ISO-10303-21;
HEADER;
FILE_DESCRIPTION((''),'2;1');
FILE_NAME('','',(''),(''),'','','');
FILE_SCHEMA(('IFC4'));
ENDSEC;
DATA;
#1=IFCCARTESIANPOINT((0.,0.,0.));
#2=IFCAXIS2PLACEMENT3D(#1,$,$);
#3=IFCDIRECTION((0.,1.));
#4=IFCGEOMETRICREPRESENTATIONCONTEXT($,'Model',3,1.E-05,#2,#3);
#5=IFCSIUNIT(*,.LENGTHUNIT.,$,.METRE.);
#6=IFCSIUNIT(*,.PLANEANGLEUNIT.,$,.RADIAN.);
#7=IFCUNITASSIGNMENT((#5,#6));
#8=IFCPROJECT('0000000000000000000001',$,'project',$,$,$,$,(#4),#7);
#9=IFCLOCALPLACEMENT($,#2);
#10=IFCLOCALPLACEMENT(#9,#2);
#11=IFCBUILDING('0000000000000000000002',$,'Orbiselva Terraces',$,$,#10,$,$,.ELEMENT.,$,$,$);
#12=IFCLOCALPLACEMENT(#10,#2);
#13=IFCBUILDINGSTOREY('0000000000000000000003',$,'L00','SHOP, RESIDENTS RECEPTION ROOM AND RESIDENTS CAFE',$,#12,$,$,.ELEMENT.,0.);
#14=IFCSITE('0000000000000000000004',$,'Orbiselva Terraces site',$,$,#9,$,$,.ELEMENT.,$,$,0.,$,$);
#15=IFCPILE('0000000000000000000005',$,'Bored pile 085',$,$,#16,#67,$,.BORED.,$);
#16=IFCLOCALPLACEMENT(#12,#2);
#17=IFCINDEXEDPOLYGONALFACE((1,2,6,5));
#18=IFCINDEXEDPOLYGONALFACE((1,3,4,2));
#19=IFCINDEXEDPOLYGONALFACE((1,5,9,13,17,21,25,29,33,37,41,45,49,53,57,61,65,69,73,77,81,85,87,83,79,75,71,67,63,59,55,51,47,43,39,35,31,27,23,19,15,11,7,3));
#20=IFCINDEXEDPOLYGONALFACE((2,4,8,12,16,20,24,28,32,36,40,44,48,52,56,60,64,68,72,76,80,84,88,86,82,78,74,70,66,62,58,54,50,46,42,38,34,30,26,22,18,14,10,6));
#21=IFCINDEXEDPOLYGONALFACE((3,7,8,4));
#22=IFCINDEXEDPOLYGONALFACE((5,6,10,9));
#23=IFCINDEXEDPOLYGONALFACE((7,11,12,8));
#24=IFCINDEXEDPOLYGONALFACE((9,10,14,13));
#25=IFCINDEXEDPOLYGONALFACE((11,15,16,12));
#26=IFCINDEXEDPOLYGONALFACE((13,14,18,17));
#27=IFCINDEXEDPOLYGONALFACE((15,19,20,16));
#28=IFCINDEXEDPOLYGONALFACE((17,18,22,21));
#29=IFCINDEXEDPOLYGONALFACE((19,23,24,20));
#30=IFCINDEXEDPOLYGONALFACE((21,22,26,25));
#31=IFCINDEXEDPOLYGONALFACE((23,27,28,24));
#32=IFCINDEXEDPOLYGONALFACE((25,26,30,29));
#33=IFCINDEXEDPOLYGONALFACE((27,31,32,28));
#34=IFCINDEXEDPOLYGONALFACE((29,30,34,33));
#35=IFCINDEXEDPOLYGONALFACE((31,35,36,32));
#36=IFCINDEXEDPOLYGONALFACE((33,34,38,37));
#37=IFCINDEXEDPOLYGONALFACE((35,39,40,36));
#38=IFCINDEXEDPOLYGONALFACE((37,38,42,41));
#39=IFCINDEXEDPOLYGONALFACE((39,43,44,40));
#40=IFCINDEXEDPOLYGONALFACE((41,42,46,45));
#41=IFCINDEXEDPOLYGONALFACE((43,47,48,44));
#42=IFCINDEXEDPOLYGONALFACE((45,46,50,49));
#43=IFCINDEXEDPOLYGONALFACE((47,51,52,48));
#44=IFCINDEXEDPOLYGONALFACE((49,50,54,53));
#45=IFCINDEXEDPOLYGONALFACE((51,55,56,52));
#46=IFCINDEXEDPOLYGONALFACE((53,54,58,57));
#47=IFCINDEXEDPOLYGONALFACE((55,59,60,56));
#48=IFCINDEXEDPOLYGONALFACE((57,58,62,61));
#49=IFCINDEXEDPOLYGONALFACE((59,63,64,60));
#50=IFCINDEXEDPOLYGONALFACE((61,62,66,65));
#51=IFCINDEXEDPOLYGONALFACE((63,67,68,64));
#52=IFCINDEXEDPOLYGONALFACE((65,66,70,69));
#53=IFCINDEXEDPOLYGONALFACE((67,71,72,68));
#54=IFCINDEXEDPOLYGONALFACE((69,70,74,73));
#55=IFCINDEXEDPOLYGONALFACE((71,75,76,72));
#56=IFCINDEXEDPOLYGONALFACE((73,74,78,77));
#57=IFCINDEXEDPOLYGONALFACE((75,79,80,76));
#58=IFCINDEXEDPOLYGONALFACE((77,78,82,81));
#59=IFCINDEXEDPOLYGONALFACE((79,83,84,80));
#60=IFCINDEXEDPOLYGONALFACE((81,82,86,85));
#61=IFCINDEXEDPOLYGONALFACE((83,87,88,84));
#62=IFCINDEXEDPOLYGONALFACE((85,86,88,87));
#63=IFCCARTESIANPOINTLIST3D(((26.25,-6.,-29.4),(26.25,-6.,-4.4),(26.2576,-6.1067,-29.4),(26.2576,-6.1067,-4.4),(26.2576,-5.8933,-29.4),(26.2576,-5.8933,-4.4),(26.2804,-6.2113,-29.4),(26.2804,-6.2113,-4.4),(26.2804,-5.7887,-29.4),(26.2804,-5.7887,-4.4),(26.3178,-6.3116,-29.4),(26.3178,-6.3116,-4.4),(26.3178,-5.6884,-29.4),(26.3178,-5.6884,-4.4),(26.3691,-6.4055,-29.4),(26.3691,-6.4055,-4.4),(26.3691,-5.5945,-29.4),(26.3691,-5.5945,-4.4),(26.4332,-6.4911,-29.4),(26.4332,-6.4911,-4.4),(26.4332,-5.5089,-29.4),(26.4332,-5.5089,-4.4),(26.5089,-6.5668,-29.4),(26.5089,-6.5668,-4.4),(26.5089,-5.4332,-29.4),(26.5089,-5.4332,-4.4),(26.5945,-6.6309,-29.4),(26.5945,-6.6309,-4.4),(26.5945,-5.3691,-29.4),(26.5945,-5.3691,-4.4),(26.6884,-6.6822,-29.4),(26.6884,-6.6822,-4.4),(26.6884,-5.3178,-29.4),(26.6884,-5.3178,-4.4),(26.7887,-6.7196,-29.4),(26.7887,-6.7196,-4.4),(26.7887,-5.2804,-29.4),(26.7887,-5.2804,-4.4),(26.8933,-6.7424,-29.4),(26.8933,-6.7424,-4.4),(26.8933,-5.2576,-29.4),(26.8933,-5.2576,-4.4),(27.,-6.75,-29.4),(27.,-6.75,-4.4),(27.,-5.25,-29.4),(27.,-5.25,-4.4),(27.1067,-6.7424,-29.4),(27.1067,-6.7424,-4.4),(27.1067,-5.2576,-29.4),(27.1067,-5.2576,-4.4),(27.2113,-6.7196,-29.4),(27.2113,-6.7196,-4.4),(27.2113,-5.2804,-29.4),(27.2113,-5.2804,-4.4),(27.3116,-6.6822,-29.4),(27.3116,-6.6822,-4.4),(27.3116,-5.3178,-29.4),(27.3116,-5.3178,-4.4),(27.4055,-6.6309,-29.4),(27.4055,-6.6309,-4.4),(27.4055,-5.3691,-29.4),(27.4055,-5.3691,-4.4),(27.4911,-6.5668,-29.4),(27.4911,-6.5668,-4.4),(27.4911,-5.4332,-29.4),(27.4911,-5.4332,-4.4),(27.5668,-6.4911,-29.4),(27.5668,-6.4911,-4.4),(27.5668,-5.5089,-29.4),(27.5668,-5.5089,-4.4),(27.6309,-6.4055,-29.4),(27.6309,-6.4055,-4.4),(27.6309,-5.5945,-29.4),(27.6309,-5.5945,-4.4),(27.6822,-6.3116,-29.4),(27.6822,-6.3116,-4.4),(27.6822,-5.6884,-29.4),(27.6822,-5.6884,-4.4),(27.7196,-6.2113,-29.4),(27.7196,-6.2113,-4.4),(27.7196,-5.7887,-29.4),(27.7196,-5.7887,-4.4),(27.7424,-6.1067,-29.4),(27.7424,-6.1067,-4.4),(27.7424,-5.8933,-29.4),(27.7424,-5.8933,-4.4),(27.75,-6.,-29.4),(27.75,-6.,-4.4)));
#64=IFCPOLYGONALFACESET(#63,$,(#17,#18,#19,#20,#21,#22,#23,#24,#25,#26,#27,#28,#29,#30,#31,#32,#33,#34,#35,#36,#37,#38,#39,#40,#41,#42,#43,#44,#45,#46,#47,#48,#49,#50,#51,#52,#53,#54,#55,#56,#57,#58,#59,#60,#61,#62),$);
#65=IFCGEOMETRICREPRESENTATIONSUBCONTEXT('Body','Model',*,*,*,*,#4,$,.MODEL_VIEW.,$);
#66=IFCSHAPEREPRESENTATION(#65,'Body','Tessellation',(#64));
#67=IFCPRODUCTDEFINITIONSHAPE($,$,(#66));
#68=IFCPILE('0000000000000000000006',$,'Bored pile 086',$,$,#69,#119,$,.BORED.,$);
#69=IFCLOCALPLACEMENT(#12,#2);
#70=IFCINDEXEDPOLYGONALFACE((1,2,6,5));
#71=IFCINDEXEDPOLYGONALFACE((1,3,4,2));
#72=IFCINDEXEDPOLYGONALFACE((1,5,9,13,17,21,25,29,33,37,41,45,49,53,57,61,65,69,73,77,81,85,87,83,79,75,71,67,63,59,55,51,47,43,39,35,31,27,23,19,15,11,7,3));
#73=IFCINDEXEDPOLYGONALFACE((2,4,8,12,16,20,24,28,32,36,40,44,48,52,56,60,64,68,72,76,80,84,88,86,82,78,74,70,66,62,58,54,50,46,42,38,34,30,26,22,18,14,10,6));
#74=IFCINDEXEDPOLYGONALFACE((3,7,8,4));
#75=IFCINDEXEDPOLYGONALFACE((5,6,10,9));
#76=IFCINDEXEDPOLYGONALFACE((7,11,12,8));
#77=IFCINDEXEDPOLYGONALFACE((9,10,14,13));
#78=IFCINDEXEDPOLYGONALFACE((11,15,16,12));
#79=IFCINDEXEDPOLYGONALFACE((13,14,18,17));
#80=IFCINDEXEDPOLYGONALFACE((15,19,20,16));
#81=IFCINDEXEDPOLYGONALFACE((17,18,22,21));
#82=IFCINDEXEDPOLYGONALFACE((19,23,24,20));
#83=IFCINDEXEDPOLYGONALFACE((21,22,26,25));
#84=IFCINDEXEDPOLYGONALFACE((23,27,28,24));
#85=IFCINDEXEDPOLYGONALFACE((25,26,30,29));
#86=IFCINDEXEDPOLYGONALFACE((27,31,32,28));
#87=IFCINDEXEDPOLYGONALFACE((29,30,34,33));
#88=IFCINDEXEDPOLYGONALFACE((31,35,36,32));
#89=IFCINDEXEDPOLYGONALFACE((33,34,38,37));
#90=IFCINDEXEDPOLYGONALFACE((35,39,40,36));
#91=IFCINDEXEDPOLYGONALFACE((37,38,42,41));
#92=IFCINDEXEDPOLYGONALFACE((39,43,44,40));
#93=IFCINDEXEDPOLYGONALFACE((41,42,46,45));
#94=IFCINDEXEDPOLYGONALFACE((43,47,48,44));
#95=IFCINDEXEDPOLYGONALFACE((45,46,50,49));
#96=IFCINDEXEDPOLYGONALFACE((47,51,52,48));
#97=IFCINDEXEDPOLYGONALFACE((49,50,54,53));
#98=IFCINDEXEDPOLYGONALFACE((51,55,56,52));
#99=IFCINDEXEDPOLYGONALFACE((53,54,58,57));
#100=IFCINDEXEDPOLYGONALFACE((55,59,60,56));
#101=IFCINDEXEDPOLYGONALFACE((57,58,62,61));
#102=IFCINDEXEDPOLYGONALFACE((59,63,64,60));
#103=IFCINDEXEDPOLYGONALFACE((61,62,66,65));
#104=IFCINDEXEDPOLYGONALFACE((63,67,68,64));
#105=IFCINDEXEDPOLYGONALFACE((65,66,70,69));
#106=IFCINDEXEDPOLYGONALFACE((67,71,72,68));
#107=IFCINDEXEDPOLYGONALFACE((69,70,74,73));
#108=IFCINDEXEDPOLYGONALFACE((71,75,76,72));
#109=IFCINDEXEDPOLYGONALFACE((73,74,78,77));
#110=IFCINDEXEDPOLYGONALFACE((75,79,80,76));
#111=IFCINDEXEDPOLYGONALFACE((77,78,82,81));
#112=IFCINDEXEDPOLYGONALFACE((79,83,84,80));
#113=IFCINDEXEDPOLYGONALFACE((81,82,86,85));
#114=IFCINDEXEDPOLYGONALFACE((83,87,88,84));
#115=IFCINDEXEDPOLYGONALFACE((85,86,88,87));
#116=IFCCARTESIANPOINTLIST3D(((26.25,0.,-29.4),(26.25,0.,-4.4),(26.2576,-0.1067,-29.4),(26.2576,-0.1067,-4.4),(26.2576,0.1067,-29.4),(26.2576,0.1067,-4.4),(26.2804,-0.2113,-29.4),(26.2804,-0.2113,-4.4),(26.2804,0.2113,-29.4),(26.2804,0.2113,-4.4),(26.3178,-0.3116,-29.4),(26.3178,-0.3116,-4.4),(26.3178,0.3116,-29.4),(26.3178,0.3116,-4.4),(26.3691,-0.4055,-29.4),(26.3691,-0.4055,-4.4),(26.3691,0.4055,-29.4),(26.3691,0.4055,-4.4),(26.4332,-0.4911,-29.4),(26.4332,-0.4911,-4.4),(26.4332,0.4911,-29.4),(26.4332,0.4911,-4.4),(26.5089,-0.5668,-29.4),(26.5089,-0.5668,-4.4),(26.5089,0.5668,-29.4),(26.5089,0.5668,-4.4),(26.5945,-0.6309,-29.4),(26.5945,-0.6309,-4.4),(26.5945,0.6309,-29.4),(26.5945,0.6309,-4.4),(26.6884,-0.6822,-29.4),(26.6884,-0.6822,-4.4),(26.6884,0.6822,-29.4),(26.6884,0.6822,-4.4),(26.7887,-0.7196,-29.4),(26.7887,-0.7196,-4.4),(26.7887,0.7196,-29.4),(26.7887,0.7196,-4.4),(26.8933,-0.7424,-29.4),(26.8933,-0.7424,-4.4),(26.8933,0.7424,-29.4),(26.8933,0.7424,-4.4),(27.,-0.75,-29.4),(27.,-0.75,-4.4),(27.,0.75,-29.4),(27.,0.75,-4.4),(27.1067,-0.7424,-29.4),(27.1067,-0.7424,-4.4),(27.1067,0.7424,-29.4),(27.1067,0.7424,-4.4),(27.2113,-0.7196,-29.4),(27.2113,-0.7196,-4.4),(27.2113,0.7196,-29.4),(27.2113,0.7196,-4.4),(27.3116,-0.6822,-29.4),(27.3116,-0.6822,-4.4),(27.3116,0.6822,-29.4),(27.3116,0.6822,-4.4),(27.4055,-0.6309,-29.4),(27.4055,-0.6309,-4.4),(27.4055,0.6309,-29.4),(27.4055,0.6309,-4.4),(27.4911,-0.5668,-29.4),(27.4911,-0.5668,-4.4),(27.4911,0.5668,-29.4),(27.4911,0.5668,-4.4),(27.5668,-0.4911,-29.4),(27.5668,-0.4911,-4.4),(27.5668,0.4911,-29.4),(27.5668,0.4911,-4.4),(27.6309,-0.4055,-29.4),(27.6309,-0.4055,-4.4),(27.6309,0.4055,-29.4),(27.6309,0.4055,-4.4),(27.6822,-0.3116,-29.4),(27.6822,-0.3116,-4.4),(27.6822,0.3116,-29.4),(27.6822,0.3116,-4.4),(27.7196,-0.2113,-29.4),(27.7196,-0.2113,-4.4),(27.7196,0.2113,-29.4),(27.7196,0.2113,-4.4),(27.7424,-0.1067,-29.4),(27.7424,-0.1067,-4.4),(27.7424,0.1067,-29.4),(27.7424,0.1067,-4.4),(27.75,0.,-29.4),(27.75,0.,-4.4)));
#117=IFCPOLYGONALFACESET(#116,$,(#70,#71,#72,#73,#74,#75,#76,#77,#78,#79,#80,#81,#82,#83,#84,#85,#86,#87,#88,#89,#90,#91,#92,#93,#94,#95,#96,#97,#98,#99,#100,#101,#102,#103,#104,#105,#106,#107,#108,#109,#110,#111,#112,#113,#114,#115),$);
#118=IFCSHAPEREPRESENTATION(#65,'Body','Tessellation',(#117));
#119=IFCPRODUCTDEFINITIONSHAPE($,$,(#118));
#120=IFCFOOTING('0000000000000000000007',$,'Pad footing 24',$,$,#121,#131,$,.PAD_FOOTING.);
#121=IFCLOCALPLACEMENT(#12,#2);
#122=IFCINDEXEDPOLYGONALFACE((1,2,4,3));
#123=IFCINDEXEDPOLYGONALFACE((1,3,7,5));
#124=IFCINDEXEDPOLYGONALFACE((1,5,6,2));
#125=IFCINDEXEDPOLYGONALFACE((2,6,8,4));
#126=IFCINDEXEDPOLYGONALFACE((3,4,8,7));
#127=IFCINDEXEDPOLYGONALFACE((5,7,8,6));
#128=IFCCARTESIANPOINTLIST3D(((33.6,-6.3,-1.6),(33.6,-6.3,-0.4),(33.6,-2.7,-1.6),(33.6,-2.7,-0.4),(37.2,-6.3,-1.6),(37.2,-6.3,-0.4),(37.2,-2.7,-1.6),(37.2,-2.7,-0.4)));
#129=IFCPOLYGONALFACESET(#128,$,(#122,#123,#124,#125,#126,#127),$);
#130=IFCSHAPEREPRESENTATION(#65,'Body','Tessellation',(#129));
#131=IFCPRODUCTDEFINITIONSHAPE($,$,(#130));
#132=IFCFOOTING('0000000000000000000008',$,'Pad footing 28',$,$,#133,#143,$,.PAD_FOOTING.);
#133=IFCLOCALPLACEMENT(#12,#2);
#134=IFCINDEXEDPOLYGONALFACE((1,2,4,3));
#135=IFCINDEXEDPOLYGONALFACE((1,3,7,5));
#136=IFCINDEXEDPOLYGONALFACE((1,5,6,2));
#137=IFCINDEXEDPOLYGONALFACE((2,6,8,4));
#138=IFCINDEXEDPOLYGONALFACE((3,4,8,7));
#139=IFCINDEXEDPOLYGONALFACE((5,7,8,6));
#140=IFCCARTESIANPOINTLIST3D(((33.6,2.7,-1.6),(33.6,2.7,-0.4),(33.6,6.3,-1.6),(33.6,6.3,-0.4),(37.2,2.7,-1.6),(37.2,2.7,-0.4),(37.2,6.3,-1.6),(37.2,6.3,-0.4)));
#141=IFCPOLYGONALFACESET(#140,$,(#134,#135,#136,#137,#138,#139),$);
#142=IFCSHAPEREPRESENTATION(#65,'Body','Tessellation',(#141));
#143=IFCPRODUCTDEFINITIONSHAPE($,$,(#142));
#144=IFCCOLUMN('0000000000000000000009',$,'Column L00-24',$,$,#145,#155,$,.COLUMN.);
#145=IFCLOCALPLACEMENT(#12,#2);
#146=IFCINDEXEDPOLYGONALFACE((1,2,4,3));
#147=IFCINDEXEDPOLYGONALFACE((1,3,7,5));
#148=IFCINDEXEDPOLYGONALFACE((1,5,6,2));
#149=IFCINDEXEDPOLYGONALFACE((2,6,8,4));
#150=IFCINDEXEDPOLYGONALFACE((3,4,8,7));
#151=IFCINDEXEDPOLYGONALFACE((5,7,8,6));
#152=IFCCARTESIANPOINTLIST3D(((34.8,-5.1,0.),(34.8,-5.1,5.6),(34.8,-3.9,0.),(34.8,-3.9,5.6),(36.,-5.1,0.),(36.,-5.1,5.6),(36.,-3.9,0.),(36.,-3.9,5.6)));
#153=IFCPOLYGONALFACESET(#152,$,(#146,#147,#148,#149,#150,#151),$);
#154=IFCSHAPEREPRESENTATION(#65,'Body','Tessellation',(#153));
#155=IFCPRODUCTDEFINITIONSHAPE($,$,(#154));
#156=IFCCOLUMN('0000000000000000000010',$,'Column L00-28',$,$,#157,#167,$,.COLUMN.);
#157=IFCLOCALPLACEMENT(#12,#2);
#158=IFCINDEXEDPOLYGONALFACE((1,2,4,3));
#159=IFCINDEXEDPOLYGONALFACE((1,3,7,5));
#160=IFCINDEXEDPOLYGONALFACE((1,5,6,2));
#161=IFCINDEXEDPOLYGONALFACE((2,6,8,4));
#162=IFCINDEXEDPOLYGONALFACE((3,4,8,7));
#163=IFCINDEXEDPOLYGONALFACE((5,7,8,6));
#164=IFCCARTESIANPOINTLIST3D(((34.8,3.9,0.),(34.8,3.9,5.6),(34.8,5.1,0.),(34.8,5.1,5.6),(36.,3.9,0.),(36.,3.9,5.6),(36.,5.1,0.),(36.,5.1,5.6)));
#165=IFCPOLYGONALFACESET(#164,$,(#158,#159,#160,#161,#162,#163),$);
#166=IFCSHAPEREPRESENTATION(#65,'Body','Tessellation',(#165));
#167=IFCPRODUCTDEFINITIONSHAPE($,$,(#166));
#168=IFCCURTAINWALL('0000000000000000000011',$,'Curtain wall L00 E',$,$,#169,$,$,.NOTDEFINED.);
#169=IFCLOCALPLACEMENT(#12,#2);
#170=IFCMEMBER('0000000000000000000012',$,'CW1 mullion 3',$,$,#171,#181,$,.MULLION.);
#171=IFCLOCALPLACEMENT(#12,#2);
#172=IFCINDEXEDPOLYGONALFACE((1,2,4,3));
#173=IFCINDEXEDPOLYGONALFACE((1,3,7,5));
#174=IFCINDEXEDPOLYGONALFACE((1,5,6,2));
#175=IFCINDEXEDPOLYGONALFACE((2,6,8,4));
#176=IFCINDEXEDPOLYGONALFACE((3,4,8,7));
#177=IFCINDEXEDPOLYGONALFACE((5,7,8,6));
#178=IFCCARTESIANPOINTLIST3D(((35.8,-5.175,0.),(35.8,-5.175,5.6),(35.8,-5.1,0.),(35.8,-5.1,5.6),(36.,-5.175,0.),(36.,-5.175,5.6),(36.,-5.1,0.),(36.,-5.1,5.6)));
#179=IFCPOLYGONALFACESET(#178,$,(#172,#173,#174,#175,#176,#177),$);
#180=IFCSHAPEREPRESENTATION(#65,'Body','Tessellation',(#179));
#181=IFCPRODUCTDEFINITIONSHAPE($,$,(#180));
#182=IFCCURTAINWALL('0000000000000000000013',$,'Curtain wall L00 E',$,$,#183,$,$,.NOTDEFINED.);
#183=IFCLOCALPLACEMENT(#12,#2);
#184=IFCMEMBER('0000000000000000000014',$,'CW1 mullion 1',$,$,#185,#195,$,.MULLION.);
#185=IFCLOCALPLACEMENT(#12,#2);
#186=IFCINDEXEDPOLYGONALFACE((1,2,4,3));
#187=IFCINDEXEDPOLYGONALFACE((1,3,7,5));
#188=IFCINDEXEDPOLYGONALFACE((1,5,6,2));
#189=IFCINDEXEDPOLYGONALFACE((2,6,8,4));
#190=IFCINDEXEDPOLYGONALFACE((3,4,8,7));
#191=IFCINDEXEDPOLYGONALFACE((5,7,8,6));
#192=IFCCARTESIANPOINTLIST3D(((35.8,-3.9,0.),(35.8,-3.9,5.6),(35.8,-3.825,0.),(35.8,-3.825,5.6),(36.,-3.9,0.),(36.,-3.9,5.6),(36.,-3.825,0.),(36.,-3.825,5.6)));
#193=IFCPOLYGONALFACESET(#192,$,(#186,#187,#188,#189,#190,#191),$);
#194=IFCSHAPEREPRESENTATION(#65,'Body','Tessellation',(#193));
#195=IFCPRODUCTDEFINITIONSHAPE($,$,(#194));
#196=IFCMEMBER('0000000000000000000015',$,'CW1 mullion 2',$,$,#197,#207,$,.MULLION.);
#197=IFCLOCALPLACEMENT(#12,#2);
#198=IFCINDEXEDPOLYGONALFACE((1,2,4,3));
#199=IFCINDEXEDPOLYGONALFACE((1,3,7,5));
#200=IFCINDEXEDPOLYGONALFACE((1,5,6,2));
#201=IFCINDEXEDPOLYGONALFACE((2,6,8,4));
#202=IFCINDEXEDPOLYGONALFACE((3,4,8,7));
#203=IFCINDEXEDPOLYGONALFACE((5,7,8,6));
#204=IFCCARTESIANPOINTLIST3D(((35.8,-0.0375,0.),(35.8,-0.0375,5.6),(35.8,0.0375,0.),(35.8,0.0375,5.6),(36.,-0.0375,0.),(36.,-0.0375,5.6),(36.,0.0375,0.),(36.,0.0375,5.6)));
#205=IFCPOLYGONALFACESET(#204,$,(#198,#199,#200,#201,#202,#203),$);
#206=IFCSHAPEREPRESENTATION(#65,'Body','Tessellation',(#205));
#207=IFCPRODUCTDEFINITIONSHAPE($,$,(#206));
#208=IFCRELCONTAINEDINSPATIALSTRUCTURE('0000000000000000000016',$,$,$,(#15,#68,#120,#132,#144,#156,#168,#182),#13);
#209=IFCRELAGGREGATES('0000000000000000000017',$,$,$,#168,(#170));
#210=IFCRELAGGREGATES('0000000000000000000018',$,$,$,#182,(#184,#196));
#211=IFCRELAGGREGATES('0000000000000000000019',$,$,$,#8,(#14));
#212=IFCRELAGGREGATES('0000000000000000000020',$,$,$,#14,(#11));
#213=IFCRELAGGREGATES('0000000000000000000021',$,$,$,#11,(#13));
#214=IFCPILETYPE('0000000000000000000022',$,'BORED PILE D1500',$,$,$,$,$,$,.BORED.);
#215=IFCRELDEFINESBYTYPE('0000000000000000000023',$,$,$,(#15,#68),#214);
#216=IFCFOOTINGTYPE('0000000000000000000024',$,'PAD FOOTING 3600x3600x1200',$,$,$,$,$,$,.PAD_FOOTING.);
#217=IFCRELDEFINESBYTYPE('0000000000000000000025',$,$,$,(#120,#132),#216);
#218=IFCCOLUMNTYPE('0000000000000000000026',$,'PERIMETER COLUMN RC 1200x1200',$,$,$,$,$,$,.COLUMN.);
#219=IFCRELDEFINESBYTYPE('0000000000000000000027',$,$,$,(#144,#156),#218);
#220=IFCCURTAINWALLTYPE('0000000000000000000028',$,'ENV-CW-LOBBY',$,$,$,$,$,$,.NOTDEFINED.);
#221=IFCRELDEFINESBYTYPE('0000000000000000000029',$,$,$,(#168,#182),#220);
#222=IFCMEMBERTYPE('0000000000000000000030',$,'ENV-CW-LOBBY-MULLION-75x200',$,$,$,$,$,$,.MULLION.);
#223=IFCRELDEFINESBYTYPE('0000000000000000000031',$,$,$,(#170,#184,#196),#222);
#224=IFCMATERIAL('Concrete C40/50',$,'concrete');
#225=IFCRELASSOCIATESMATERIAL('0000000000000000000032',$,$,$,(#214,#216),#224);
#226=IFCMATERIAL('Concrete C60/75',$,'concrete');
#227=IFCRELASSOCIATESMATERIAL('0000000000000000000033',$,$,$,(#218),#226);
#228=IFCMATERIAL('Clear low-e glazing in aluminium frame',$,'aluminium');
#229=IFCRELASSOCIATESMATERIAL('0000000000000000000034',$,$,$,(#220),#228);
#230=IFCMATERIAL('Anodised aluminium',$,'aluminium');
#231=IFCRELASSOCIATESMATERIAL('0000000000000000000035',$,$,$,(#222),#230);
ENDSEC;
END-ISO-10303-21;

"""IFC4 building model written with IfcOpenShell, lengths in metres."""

from ifc_helpers import new_model, si_unit, direction, frame, origin, origin_2d, place, context, subcontext, project, spatial, rectangle, circle, extrude, material, material_profile, profile_set, type_object, element, aggregate, save


model = new_model("IFC4")

# Units and contexts
model_context = context("Model", 3, precision=1e-05, world=origin(), true_north=direction((0.0, 1.0)))
body_context = subcontext(model_context, "Body", "Model", "MODEL_VIEW")
ifc_project = project(units=[si_unit("LENGTHUNIT", "METRE"), si_unit("PLANEANGLEUNIT", "RADIAN")], contexts=[model_context])

# Site, building, storey
site_placement = place(None, origin())
site = spatial("IfcSite", under=ifc_project, at=site_placement, Name="Orbiselva Terraces site", CompositionType="ELEMENT", RefElevation=0.0)
building_placement = place(site_placement, origin())
building = spatial("IfcBuilding", under=site, at=building_placement, Name="Orbiselva Terraces", CompositionType="ELEMENT")
storey_placement = place(building_placement, origin())
storey = spatial("IfcBuildingStorey", under=building, at=storey_placement, Name="L00", Description="SHOP, RESIDENTS RECEPTION ROOM AND RESIDENTS CAFE", CompositionType="ELEMENT", Elevation=0.0)

# Piles
ifc_material_1 = material(Name="Concrete C40/50", Category="concrete")
ifc_material_profile_1 = material_profile(ifc_material_1, circle(Radius=0.75, at=origin_2d()), Name="D1500")
ifc_profile_set_1 = profile_set([ifc_material_profile_1], Name="Concrete C40/50")
pile_type = type_object("IfcPileType", Name="BORED PILE D1500", PredefinedType="BORED", material=ifc_profile_set_1)
for number, where, z_axis, x_axis, name in (
    (1, (27.0, -6.0, -4.4), (0.0, 0.0, -1.0), (1.0, 0.0, 0.0), "Bored pile 085"),
    (2, (27.0, 0.0, -4.4), (0.0, 0.0, -1.0), (1.0, 0.0, 0.0), "Bored pile 086"),
):
    element("IfcPile", number, at=place(storey_placement, frame(where, z_axis=z_axis, x_axis=x_axis)), inside=storey, type_object=pile_type, Name=name, PredefinedType="BORED", context=body_context, shape_type="SweptSolid", body=[
        extrude(circle(Radius=0.75, at=origin_2d()), origin(), (0.0, 0.0, 1.0), 25.0),
    ])

# Footings
footing_type = type_object("IfcFootingType", Name="PAD FOOTING 3600x3600x1200", PredefinedType="PAD_FOOTING", material=ifc_material_1)
for number, where, z_axis, x_axis, name in (
    (3, (35.4, -4.5, -1.6), (0.0, 0.0, 1.0), (1.0, 0.0, 0.0), "Pad footing 24"),
    (4, (35.4, 4.5, -1.6), (0.0, 0.0, 1.0), (1.0, 0.0, 0.0), "Pad footing 28"),
):
    element("IfcFooting", number, at=place(storey_placement, frame(where, z_axis=z_axis, x_axis=x_axis)), inside=storey, type_object=footing_type, Name=name, PredefinedType="PAD_FOOTING", context=body_context, shape_type="SweptSolid", body=[
        extrude(rectangle(XDim=3.6, YDim=3.6, at=origin_2d()), origin(), (0.0, 0.0, 1.0), 1.2),
    ])

# Columns
ifc_material_2 = material(Name="Concrete C60/75", Category="concrete")
ifc_material_profile_2 = material_profile(ifc_material_2, rectangle(XDim=1.2, YDim=1.2, at=origin_2d()), Name="RC 1200x1200")
ifc_profile_set_2 = profile_set([ifc_material_profile_2], Name="Concrete C60/75")
column_type = type_object("IfcColumnType", Name="PERIMETER COLUMN RC 1200x1200", PredefinedType="COLUMN", material=ifc_profile_set_2)
for number, where, z_axis, x_axis, name in (
    (5, (35.4, -4.5, 0.0), (0.0, 0.0, 1.0), (1.0, 0.0, 0.0), "Column L00-24"),
    (6, (35.4, 4.5, 0.0), (0.0, 0.0, 1.0), (1.0, 0.0, 0.0), "Column L00-28"),
):
    element("IfcColumn", number, at=place(storey_placement, frame(where, z_axis=z_axis, x_axis=x_axis)), inside=storey, type_object=column_type, Name=name, PredefinedType="COLUMN", context=body_context, shape_type="SweptSolid", body=[
        extrude(rectangle(XDim=1.2, YDim=1.2, at=origin_2d()), origin(), (0.0, 0.0, 1.0), 5.6),
    ])

# Curtain wall, member
ifc_material_3 = material(Name="Clear low-e glazing in aluminium frame", Category="aluminium")
curtain_wall_type = type_object("IfcCurtainWallType", Name="ENV-CW-LOBBY", PredefinedType="NOTDEFINED", material=ifc_material_3)
curtain_wall_1_placement = place(storey_placement, origin())
curtain_wall_1 = element("IfcCurtainWall", 7, at=curtain_wall_1_placement, inside=storey, type_object=curtain_wall_type, Name="Curtain wall L00 E", PredefinedType="NOTDEFINED")
ifc_material_4 = material(Name="Anodised aluminium", Category="aluminium")
ifc_material_profile_3 = material_profile(ifc_material_4, rectangle(XDim=0.2, YDim=0.075, at=origin_2d()), Name="AL 75x200")
ifc_profile_set_3 = profile_set([ifc_material_profile_3], Name="Anodised aluminium")
member_type_1 = type_object("IfcMemberType", Name="ENV-CW-LOBBY-MULLION-75x200", PredefinedType="MULLION", material=ifc_profile_set_3)
member_1_placement = place(storey_placement, frame((35.9, -5.1375, 0.0), z_axis=(0.0, 0.0, 1.0), x_axis=(-1.0, 0.0, 0.0)))
member_1 = element("IfcMember", 8, at=member_1_placement, type_object=member_type_1, Name="CW1 mullion 3", PredefinedType="MULLION", context=body_context, shape_type="SweptSolid", body=[
    extrude(rectangle(XDim=0.2, YDim=0.075, at=origin_2d()), origin(), (0.0, 0.0, 1.0), 5.6),
])

# Curtain wall, members
curtain_wall_2_placement = place(storey_placement, origin())
curtain_wall_2 = element("IfcCurtainWall", 9, at=curtain_wall_2_placement, inside=storey, type_object=curtain_wall_type, Name="Curtain wall L00 E", PredefinedType="NOTDEFINED")
member_2_placement = place(storey_placement, frame((35.9, -3.8625, 0.0), z_axis=(0.0, 0.0, 1.0), x_axis=(-1.0, 0.0, 0.0)))
member_2 = element("IfcMember", 10, at=member_2_placement, type_object=member_type_1, Name="CW1 mullion 1", PredefinedType="MULLION", context=body_context, shape_type="SweptSolid", body=[
    extrude(rectangle(XDim=0.2, YDim=0.075, at=origin_2d()), origin(), (0.0, 0.0, 1.0), 5.6),
])
member_3_placement = place(storey_placement, frame((35.9, 0.0, 0.0), z_axis=(0.0, 0.0, 1.0), x_axis=(-1.0, 0.0, 0.0)))
member_3 = element("IfcMember", 11, at=member_3_placement, type_object=member_type_1, Name="CW1 mullion 2", PredefinedType="MULLION", context=body_context, shape_type="SweptSolid", body=[
    extrude(rectangle(XDim=0.2, YDim=0.075, at=origin_2d()), origin(), (0.0, 0.0, 1.0), 5.6),
])

aggregate(curtain_wall_1, [member_1])
aggregate(curtain_wall_2, [member_2, member_3])

save(model, "model.ifc")
